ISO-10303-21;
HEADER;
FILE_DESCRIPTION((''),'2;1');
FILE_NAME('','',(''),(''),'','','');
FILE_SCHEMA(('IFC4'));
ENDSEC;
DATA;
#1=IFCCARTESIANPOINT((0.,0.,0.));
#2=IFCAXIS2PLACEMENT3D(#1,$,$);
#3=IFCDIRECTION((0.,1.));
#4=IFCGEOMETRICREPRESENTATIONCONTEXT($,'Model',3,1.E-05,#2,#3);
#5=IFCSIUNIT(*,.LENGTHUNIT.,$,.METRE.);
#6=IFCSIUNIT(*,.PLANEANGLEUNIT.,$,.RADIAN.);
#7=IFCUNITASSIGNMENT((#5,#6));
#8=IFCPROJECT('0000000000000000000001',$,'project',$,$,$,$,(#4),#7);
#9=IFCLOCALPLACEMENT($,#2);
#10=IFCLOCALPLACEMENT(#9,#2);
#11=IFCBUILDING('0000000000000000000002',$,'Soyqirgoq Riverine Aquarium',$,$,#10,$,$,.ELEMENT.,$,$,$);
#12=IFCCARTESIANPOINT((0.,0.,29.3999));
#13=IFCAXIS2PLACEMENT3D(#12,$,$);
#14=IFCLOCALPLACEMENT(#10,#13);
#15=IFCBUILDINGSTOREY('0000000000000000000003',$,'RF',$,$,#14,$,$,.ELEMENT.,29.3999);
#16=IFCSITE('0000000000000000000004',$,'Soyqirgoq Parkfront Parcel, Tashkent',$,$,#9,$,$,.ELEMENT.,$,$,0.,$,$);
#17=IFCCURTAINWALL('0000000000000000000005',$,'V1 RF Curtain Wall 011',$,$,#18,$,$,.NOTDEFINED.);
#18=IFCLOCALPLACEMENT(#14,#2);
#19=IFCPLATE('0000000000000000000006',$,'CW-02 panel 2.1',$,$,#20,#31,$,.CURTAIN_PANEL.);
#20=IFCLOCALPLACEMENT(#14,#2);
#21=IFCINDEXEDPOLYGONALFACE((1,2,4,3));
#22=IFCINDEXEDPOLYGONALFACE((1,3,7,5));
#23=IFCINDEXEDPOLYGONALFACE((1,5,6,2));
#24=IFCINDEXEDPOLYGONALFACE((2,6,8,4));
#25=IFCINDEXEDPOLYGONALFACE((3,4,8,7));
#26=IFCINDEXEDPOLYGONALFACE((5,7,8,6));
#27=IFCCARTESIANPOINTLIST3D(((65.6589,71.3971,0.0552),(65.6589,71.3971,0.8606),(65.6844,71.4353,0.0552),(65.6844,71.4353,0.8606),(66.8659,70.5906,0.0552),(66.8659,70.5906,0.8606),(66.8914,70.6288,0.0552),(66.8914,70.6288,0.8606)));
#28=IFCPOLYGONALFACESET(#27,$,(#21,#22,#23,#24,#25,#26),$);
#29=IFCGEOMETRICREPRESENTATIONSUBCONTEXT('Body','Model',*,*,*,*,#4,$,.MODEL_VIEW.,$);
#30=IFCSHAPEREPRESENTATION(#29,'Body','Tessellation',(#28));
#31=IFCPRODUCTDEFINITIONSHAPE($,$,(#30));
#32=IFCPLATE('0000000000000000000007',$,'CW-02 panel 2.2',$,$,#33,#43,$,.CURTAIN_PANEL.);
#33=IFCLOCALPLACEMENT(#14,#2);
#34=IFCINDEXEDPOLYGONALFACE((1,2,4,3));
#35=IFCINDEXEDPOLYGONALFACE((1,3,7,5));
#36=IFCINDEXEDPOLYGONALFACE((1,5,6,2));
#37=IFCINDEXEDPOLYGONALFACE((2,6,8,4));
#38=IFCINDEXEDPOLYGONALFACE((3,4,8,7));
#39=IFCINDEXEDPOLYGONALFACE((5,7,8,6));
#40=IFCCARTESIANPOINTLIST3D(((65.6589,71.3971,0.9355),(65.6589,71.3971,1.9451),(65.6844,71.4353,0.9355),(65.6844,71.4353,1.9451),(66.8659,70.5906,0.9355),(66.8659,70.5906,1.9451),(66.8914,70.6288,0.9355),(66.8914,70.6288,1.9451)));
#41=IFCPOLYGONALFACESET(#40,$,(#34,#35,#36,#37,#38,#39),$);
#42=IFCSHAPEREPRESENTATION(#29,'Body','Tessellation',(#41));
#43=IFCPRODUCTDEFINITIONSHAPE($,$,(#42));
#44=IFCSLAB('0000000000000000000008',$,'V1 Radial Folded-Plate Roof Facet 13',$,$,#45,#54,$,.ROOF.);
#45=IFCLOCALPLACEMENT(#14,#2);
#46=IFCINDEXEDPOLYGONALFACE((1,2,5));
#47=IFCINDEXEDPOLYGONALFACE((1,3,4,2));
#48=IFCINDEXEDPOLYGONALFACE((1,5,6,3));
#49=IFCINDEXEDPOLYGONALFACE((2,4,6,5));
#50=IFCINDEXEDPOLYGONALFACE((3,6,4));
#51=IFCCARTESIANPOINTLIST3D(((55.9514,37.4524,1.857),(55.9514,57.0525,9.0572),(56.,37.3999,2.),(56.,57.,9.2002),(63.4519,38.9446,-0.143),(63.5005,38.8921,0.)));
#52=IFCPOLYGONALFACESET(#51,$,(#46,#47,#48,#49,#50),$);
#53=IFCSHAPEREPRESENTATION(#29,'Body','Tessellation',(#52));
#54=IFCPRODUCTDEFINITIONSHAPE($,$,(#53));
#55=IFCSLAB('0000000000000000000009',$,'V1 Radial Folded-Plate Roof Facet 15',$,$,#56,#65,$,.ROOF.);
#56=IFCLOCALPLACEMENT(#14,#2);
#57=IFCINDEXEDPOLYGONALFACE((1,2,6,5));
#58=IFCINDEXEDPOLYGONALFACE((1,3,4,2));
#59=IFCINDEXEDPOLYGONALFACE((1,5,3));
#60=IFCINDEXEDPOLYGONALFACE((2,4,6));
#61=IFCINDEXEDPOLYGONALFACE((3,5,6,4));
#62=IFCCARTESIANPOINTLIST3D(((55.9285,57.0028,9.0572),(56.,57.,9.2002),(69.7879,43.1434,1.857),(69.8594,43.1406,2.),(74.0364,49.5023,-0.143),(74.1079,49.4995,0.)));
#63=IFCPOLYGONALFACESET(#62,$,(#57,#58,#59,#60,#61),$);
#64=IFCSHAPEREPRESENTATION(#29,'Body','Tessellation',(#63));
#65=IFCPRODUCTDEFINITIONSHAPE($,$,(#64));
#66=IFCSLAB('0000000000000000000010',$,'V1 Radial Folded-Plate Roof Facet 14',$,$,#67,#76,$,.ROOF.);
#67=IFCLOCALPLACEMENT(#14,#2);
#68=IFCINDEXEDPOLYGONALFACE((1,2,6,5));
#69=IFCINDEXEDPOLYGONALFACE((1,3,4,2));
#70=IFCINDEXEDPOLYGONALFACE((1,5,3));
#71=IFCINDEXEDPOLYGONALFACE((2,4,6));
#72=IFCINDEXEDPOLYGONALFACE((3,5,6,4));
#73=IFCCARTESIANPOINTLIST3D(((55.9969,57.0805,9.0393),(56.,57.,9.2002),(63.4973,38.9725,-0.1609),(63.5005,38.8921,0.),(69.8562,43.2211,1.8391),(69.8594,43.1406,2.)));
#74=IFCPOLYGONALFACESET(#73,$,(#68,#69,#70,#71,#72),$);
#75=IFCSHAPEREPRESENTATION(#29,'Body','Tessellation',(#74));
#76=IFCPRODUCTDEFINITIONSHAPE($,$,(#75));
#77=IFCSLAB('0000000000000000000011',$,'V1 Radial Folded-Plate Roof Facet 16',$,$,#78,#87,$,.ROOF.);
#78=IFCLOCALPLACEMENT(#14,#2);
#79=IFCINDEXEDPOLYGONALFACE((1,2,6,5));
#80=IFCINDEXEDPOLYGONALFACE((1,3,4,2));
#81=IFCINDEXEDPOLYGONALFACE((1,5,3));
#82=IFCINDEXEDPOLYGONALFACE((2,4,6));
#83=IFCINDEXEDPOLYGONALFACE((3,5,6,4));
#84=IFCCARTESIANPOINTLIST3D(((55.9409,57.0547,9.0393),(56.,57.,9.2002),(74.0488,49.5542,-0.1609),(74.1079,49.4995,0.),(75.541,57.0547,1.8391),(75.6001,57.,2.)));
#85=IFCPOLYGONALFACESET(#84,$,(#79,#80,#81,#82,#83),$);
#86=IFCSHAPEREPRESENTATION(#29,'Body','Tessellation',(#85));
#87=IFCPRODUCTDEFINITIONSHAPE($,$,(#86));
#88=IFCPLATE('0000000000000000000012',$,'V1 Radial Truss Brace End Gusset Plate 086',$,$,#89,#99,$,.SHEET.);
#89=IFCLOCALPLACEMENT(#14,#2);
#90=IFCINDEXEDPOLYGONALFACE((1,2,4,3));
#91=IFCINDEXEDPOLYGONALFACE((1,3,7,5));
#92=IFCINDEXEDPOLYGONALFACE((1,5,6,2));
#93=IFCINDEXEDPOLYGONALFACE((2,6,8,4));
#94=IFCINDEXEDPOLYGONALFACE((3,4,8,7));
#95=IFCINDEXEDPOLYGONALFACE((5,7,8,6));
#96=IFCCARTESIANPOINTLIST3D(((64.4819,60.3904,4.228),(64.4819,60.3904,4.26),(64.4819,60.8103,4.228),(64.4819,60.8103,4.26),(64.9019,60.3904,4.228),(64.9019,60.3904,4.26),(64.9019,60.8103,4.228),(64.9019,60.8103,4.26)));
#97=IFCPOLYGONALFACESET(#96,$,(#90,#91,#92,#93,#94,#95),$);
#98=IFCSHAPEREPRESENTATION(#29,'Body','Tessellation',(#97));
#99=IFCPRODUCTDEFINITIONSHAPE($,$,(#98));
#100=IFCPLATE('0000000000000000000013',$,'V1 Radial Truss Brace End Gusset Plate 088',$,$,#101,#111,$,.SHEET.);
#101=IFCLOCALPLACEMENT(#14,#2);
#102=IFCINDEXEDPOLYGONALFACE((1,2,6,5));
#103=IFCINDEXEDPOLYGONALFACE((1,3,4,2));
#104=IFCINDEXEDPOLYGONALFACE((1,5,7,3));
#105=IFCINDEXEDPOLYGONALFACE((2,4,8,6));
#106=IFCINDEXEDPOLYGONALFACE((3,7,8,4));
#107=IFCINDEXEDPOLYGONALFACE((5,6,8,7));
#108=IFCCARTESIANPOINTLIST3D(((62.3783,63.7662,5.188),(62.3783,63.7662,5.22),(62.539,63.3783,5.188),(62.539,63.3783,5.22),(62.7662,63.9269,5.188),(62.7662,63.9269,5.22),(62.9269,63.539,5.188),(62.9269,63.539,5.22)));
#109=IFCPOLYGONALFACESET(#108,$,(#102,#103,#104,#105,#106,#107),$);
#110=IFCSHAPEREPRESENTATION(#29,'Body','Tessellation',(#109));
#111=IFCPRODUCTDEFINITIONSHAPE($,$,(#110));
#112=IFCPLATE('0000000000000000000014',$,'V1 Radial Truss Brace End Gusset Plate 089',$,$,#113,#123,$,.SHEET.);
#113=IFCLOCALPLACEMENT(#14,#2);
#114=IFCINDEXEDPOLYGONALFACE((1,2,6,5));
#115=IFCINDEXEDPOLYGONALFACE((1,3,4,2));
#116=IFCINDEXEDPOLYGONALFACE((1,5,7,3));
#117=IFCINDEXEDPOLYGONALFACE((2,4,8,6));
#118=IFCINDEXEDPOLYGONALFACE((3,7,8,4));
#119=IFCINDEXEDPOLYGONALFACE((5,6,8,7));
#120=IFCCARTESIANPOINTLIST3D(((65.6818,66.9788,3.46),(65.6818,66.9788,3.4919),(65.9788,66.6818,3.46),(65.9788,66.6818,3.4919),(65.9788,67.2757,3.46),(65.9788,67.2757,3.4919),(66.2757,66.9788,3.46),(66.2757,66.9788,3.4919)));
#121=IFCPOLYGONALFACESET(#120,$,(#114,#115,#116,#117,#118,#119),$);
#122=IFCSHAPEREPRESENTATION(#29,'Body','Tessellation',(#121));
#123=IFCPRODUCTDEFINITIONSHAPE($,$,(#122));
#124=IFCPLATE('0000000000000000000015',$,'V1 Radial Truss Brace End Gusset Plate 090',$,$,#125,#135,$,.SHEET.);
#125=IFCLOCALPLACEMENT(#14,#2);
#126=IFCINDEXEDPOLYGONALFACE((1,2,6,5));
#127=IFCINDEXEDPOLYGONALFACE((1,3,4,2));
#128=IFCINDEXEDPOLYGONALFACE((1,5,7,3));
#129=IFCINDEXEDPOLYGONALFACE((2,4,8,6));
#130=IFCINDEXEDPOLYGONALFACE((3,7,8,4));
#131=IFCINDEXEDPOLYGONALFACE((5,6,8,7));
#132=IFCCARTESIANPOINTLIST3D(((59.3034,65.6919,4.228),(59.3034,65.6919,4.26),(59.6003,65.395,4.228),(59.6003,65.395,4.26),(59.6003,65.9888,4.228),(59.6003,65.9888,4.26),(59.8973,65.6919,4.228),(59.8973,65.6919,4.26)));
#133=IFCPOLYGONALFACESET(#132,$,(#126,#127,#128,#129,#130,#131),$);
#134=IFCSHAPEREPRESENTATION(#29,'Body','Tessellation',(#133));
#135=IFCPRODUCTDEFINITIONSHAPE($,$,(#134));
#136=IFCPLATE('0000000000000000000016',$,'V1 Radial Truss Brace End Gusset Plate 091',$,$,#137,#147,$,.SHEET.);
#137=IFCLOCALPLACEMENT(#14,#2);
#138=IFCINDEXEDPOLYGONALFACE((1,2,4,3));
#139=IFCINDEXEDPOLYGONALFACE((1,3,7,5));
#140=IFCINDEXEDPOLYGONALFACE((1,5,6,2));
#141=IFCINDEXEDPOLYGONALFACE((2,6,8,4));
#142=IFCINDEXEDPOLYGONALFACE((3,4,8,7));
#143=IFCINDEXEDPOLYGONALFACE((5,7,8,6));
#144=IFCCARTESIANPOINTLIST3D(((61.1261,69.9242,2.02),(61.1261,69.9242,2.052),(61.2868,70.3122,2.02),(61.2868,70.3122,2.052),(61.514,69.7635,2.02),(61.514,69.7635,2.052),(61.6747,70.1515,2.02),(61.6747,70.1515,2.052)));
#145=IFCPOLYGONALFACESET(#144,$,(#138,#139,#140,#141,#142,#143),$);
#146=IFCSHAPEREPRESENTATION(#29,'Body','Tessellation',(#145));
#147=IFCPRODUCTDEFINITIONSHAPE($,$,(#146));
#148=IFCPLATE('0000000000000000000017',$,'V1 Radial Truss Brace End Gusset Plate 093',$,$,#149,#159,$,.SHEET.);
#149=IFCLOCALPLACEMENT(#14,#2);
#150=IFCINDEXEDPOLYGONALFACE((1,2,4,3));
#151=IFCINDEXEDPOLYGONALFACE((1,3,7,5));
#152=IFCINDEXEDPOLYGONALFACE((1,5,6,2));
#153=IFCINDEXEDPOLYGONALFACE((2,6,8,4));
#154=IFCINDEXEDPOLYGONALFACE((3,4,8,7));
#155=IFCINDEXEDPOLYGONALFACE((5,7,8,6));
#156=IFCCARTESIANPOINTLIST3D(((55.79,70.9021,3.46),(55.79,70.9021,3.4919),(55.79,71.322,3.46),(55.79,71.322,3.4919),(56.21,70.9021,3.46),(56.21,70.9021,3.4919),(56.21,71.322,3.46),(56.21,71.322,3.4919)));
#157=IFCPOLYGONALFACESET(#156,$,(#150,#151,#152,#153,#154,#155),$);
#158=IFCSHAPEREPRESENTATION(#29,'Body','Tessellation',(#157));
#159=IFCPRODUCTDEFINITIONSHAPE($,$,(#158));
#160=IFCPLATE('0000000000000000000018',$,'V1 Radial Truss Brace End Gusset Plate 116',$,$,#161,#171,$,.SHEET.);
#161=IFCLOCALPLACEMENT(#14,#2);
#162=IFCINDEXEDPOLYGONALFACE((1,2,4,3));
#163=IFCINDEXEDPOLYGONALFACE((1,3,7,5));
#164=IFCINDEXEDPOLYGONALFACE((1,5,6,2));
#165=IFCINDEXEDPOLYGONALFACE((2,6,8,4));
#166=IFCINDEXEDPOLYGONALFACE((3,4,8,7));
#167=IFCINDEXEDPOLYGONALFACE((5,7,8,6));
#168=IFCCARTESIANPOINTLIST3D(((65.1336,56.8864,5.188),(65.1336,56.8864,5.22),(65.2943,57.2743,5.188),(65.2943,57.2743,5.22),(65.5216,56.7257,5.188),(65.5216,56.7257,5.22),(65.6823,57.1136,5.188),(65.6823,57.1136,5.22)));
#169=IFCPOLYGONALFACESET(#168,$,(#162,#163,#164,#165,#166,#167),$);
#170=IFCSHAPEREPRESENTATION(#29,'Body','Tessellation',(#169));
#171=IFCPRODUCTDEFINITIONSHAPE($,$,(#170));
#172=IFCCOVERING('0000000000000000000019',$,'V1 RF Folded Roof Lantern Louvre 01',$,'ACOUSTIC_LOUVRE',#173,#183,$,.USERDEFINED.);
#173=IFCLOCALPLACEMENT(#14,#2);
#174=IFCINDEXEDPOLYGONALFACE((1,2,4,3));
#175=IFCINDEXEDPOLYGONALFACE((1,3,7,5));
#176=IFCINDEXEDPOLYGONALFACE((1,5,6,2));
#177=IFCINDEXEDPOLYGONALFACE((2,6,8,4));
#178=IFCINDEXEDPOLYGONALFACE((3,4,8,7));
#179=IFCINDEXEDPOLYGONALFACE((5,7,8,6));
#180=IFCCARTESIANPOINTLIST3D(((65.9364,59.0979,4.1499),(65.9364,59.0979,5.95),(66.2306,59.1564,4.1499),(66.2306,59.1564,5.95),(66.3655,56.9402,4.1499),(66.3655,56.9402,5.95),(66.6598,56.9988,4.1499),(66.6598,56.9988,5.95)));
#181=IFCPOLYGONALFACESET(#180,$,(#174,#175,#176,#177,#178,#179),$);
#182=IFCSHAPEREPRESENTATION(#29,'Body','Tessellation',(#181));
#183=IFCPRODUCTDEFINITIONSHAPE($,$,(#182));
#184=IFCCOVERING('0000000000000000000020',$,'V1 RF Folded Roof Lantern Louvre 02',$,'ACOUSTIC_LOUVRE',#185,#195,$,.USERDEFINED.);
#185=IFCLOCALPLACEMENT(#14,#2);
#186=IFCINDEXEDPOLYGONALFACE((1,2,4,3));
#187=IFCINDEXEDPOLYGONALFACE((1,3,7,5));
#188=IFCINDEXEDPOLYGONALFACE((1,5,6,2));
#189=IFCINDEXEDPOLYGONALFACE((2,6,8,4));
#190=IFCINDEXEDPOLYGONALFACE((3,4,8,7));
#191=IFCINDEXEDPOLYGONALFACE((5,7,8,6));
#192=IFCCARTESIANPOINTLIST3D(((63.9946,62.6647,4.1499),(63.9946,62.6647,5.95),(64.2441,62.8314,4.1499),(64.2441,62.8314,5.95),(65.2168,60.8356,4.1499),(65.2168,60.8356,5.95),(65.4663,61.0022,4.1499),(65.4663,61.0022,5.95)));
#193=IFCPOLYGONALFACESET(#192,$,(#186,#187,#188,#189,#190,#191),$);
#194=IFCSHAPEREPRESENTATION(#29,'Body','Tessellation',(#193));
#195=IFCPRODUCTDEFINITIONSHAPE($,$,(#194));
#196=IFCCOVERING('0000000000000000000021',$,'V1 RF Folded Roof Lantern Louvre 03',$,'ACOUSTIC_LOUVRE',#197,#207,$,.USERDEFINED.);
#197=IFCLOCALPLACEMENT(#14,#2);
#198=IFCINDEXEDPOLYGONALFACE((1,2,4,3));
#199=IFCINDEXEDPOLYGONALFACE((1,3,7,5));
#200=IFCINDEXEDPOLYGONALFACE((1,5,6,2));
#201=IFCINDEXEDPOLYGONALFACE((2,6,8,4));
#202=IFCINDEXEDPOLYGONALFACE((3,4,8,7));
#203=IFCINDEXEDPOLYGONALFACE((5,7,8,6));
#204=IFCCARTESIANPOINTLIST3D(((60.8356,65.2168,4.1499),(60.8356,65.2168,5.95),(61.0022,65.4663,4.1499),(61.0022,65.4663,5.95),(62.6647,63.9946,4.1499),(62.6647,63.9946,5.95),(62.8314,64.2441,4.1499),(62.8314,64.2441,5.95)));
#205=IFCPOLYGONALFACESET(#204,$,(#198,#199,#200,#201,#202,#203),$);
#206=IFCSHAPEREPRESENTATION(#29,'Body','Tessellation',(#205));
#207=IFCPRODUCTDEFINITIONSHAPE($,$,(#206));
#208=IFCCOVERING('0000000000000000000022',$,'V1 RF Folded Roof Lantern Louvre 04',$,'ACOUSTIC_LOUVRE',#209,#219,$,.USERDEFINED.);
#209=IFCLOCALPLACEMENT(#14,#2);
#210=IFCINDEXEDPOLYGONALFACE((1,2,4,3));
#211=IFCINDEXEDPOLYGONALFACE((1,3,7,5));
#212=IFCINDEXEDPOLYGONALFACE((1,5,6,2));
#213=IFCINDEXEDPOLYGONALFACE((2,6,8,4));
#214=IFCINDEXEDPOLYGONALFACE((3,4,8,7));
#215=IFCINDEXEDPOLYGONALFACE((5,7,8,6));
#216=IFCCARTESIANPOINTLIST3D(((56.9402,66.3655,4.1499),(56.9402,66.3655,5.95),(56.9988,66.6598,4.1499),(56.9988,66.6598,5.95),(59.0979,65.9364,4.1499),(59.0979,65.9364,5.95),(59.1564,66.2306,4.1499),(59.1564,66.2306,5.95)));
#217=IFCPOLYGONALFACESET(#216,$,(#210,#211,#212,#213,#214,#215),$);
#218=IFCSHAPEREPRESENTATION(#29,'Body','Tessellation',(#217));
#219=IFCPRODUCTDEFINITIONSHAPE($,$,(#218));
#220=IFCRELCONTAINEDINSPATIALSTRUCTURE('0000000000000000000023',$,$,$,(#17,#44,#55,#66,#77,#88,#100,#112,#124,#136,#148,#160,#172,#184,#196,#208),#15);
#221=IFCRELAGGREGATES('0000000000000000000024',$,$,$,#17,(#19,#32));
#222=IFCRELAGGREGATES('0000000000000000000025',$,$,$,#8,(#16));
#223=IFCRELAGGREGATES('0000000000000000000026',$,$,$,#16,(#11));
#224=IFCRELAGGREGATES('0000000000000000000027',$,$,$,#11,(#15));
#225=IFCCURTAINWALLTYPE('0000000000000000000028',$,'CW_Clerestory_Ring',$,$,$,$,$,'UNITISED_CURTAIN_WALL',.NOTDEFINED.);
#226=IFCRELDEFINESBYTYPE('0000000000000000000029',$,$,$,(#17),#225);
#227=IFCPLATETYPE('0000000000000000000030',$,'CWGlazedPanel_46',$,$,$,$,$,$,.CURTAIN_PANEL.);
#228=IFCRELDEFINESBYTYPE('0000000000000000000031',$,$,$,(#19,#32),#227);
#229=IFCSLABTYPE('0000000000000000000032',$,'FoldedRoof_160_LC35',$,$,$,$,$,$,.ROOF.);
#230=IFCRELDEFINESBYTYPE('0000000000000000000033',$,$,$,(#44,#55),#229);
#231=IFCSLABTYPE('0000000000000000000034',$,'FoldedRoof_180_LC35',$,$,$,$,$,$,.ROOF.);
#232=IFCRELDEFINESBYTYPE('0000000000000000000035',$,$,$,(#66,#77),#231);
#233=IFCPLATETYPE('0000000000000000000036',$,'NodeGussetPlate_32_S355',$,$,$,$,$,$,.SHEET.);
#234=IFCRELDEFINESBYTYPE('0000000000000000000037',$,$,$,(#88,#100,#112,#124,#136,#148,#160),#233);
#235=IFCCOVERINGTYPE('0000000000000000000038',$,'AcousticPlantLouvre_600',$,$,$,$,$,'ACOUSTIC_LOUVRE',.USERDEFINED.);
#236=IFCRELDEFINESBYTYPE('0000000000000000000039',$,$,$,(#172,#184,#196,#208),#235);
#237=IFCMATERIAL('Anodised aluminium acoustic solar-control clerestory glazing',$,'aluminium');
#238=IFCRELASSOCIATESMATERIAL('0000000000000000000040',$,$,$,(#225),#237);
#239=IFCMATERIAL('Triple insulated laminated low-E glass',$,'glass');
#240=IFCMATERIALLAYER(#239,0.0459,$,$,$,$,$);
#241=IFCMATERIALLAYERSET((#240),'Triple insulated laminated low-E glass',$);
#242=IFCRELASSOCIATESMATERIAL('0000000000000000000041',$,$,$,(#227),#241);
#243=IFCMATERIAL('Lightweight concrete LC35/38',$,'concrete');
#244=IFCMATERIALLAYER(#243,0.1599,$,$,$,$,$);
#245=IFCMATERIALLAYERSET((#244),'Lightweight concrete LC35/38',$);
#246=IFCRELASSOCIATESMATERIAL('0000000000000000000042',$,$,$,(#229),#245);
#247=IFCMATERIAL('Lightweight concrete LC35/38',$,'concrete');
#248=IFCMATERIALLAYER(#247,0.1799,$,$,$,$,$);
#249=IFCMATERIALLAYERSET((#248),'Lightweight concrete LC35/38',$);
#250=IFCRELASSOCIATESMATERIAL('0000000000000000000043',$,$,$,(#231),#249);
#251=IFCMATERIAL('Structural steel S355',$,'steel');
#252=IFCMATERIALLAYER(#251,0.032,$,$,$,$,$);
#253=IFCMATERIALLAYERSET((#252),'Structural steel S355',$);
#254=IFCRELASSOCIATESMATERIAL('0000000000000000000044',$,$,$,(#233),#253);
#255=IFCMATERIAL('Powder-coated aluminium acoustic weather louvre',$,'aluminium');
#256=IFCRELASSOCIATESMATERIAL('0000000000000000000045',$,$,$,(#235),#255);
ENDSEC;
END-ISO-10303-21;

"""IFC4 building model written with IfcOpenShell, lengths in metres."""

from ifc_helpers import new_model, si_unit, direction, frame, origin, origin_2d, place, context, subcontext, project, spatial, polyline, rectangle, outline, extrude, material, layer, layer_set, type_object, element, aggregate, save


model = new_model("IFC4")

# Units and contexts
model_context = context("Model", 3, precision=1e-05, world=origin(), true_north=direction((0.0, 1.0)))
body_context = subcontext(model_context, "Body", "Model", "MODEL_VIEW")
ifc_project = project(units=[si_unit("LENGTHUNIT", "METRE"), si_unit("PLANEANGLEUNIT", "RADIAN")], contexts=[model_context])

# Site, building, storey
site_placement = place(None, origin())
site = spatial("IfcSite", under=ifc_project, at=site_placement, Name="Soyqirgoq Parkfront Parcel, Tashkent", CompositionType="ELEMENT", RefElevation=0.0)
building_placement = place(site_placement, origin())
building = spatial("IfcBuilding", under=site, at=building_placement, Name="Soyqirgoq Riverine Aquarium", CompositionType="ELEMENT")
storey_placement = place(building_placement, frame((0.0, 0.0, 29.3999)))
storey = spatial("IfcBuildingStorey", under=building, at=storey_placement, Name="RF", CompositionType="ELEMENT", Elevation=29.3999)

# Curtain wall
ifc_material_1 = material(Name="Anodised aluminium acoustic solar-control clerestory glazing", Category="aluminium")
curtain_wall_type = type_object("IfcCurtainWallType", Name="CW_Clerestory_Ring", ElementType="UNITISED_CURTAIN_WALL", PredefinedType="NOTDEFINED", material=ifc_material_1)
curtain_wall_placement = place(storey_placement, origin())
curtain_wall = element("IfcCurtainWall", 1, at=curtain_wall_placement, inside=storey, type_object=curtain_wall_type, Name="V1 RF Curtain Wall 011", PredefinedType="NOTDEFINED")

# Plates
ifc_material_2 = material(Name="Triple insulated laminated low-E glass", Category="glass")
ifc_layer_1 = layer(ifc_material_2, 0.0459)
ifc_layer_set_1 = layer_set([ifc_layer_1], Name="Triple insulated laminated low-E glass")
plate_type_1 = type_object("IfcPlateType", Name="CWGlazedPanel_46", PredefinedType="CURTAIN_PANEL", material=ifc_layer_set_1)
plate_1_placement = place(storey_placement, frame((66.2751, 71.0129, 0.0552), z_axis=(0.0, 0.0, 1.0), x_axis=(-0.831464, 0.555579, 0.0)))
plate_1 = element("IfcPlate", 2, at=plate_1_placement, type_object=plate_type_1, Name="CW-02 panel 2.1", PredefinedType="CURTAIN_PANEL", context=body_context, shape_type="SweptSolid", body=[
    extrude(rectangle(XDim=1.4517, YDim=0.0459, at=origin_2d()), origin(), (0.0, 0.0, 1.0), 0.8054),
])
plate_2_placement = place(storey_placement, frame((66.2751, 71.0129, 0.9355), z_axis=(0.0, 0.0, 1.0), x_axis=(-0.831464, 0.555579, 0.0)))
plate_2 = element("IfcPlate", 3, at=plate_2_placement, type_object=plate_type_1, Name="CW-02 panel 2.2", PredefinedType="CURTAIN_PANEL", context=body_context, shape_type="SweptSolid", body=[
    extrude(rectangle(XDim=1.4517, YDim=0.0459, at=origin_2d()), origin(), (0.0, 0.0, 1.0), 1.0095),
])
aggregate(curtain_wall, [plate_1, plate_2])

# Slabs
ifc_material_3 = material(Name="Lightweight concrete LC35/38", Category="concrete")
ifc_layer_2 = layer(ifc_material_3, 0.1599)
ifc_layer_set_2 = layer_set([ifc_layer_2], Name="Lightweight concrete LC35/38")
slab_type_1 = type_object("IfcSlabType", Name="FoldedRoof_160_LC35", PredefinedType="ROOF", material=ifc_layer_set_2)
slab_1_placement = place(storey_placement, frame((56.0, 57.0, 9.2002), z_axis=(0.303822, -0.328524, 0.894295), x_axis=(0.0, -0.938667, -0.344824)))
element("IfcSlab", 4, at=slab_1_placement, inside=storey, type_object=slab_type_1, Name="V1 Radial Folded-Plate Roof Facet 13", PredefinedType="ROOF", context=body_context, shape_type="SweptSolid", body=[
    extrude(outline(polyline([(0.0, 0.0), (20.8808, 0.0), (20.1698, 7.8726), (0.0, 0.0)])), origin(), (0.0, 0.0, -1.0), 0.1599),
])
slab_2_placement = place(storey_placement, frame((56.0, 57.0, 9.2002), z_axis=(0.447135, -0.017468, 0.894296), x_axis=(0.663738, -0.663738, -0.344824)))
element("IfcSlab", 5, at=slab_2_placement, inside=storey, type_object=slab_type_1, Name="V1 Radial Folded-Plate Roof Facet 15", PredefinedType="ROOF", context=body_context, shape_type="SweptSolid", body=[
    extrude(outline(polyline([(0.0, 0.0), (20.8808, 0.0), (20.1697, 7.8727), (0.0, 0.0)])), origin(), (0.0, 0.0, -1.0), 0.1599),
])
ifc_material_4 = material(Name="Lightweight concrete LC35/38", Category="concrete")
ifc_layer_3 = layer(ifc_material_4, 0.1799)
ifc_layer_set_3 = layer_set([ifc_layer_3], Name="Lightweight concrete LC35/38")
slab_type_2 = type_object("IfcSlabType", Name="FoldedRoof_180_LC35", PredefinedType="ROOF", material=ifc_layer_set_3)
slab_3_placement = place(storey_placement, frame((56.0, 57.0, 9.2002), z_axis=(0.017468, -0.447135, 0.894296), x_axis=(0.346415, -0.836326, -0.424917)))
element("IfcSlab", 6, at=slab_3_placement, inside=storey, type_object=slab_type_2, Name="V1 Radial Folded-Plate Roof Facet 14", PredefinedType="ROOF", context=body_context, shape_type="SweptSolid", body=[
    extrude(outline(polyline([(0.0, 0.0), (21.6517, 0.0), (19.4515, 7.5924), (0.0, 0.0)])), origin(), (0.0, 0.0, -1.0), 0.1799),
])
slab_4_placement = place(storey_placement, frame((56.0, 57.0, 9.2002), z_axis=(0.328524, -0.303822, 0.894295), x_axis=(0.836326, -0.346415, -0.424917)))
element("IfcSlab", 7, at=slab_4_placement, inside=storey, type_object=slab_type_2, Name="V1 Radial Folded-Plate Roof Facet 16", PredefinedType="ROOF", context=body_context, shape_type="SweptSolid", body=[
    extrude(outline(polyline([(0.0, 0.0), (21.6517, 0.0), (19.4516, 7.5923), (0.0, 0.0)])), origin(), (0.0, 0.0, -1.0), 0.1799),
])

# Plates
ifc_material_5 = material(Name="Structural steel S355", Category="steel")
ifc_layer_4 = layer(ifc_material_5, 0.032)
ifc_layer_set_4 = layer_set([ifc_layer_4], Name="Structural steel S355")
plate_type_2 = type_object("IfcPlateType", Name="NodeGussetPlate_32_S355", PredefinedType="SHEET", material=ifc_layer_set_4)
for number, where, z_axis, x_axis, name in (
    (8, (64.6919, 60.6003, 4.228), (0.0, 0.0, 1.0), (1.0, 0.0, 0.0), "V1 Radial Truss Brace End Gusset Plate 086"),
    (9, (62.6526, 63.6526, 5.188), (0.0, 0.0, 1.0), (0.92388, 0.382683, 0.0), "V1 Radial Truss Brace End Gusset Plate 088"),
    (10, (65.9788, 66.9788, 3.46), (0.0, 0.0, 1.0), (0.707107, 0.707107, 0.0), "V1 Radial Truss Brace End Gusset Plate 089"),
    (11, (59.6003, 65.6919, 4.228), (0.0, 0.0, 1.0), (0.707107, 0.707107, 0.0), "V1 Radial Truss Brace End Gusset Plate 090"),
    (12, (61.4004, 70.0378, 2.02), (0.0, 0.0, 1.0), (0.382683, 0.92388, 0.0), "V1 Radial Truss Brace End Gusset Plate 091"),
    (13, (56.0, 71.1121, 3.46), (0.0, 0.0, 1.0), (0.0, 1.0, 0.0), "V1 Radial Truss Brace End Gusset Plate 093"),
    (14, (65.408, 57.0, 5.188), (0.0, 0.0, 1.0), (0.92388, -0.382683, 0.0), "V1 Radial Truss Brace End Gusset Plate 116"),
):
    element("IfcPlate", number, at=place(storey_placement, frame(where, z_axis=z_axis, x_axis=x_axis)), inside=storey, type_object=plate_type_2, Name=name, PredefinedType="SHEET", context=body_context, shape_type="SweptSolid", body=[
        extrude(rectangle(XDim=0.4199, YDim=0.4199, at=origin_2d()), origin(), (0.0, 0.0, 1.0), 0.032),
    ])

# Coverings
ifc_material_6 = material(Name="Powder-coated aluminium acoustic weather louvre", Category="aluminium")
covering_type = type_object("IfcCoveringType", Name="AcousticPlantLouvre_600", ElementType="ACOUSTIC_LOUVRE", PredefinedType="USERDEFINED", material=ifc_material_6)
for number, where, z_axis, x_axis, name in (
    (15, (66.2981, 58.0483, 4.1499), (0.0, 0.0, 1.0), (-0.19509, 0.980785, 0.0), "V1 RF Folded Roof Lantern Louvre 01"),
    (16, (64.7305, 61.8335, 4.1499), (0.0, 0.0, 1.0), (-0.55557, 0.83147, 0.0), "V1 RF Folded Roof Lantern Louvre 02"),
    (17, (61.8335, 64.7305, 4.1499), (0.0, 0.0, 1.0), (-0.83147, 0.55557, 0.0), "V1 RF Folded Roof Lantern Louvre 03"),
    (18, (58.0483, 66.2981, 4.1499), (0.0, 0.0, 1.0), (-0.980785, 0.19509, 0.0), "V1 RF Folded Roof Lantern Louvre 04"),
):
    element("IfcCovering", number, at=place(storey_placement, frame(where, z_axis=z_axis, x_axis=x_axis)), inside=storey, type_object=covering_type, Name=name, ObjectType="ACOUSTIC_LOUVRE", PredefinedType="USERDEFINED", context=body_context, shape_type="SweptSolid", body=[
        extrude(rectangle(XDim=2.2, YDim=0.3, at=origin_2d()), origin(), (0.0, 0.0, 1.0), 1.8),
    ])

save(model, "model.ifc")
